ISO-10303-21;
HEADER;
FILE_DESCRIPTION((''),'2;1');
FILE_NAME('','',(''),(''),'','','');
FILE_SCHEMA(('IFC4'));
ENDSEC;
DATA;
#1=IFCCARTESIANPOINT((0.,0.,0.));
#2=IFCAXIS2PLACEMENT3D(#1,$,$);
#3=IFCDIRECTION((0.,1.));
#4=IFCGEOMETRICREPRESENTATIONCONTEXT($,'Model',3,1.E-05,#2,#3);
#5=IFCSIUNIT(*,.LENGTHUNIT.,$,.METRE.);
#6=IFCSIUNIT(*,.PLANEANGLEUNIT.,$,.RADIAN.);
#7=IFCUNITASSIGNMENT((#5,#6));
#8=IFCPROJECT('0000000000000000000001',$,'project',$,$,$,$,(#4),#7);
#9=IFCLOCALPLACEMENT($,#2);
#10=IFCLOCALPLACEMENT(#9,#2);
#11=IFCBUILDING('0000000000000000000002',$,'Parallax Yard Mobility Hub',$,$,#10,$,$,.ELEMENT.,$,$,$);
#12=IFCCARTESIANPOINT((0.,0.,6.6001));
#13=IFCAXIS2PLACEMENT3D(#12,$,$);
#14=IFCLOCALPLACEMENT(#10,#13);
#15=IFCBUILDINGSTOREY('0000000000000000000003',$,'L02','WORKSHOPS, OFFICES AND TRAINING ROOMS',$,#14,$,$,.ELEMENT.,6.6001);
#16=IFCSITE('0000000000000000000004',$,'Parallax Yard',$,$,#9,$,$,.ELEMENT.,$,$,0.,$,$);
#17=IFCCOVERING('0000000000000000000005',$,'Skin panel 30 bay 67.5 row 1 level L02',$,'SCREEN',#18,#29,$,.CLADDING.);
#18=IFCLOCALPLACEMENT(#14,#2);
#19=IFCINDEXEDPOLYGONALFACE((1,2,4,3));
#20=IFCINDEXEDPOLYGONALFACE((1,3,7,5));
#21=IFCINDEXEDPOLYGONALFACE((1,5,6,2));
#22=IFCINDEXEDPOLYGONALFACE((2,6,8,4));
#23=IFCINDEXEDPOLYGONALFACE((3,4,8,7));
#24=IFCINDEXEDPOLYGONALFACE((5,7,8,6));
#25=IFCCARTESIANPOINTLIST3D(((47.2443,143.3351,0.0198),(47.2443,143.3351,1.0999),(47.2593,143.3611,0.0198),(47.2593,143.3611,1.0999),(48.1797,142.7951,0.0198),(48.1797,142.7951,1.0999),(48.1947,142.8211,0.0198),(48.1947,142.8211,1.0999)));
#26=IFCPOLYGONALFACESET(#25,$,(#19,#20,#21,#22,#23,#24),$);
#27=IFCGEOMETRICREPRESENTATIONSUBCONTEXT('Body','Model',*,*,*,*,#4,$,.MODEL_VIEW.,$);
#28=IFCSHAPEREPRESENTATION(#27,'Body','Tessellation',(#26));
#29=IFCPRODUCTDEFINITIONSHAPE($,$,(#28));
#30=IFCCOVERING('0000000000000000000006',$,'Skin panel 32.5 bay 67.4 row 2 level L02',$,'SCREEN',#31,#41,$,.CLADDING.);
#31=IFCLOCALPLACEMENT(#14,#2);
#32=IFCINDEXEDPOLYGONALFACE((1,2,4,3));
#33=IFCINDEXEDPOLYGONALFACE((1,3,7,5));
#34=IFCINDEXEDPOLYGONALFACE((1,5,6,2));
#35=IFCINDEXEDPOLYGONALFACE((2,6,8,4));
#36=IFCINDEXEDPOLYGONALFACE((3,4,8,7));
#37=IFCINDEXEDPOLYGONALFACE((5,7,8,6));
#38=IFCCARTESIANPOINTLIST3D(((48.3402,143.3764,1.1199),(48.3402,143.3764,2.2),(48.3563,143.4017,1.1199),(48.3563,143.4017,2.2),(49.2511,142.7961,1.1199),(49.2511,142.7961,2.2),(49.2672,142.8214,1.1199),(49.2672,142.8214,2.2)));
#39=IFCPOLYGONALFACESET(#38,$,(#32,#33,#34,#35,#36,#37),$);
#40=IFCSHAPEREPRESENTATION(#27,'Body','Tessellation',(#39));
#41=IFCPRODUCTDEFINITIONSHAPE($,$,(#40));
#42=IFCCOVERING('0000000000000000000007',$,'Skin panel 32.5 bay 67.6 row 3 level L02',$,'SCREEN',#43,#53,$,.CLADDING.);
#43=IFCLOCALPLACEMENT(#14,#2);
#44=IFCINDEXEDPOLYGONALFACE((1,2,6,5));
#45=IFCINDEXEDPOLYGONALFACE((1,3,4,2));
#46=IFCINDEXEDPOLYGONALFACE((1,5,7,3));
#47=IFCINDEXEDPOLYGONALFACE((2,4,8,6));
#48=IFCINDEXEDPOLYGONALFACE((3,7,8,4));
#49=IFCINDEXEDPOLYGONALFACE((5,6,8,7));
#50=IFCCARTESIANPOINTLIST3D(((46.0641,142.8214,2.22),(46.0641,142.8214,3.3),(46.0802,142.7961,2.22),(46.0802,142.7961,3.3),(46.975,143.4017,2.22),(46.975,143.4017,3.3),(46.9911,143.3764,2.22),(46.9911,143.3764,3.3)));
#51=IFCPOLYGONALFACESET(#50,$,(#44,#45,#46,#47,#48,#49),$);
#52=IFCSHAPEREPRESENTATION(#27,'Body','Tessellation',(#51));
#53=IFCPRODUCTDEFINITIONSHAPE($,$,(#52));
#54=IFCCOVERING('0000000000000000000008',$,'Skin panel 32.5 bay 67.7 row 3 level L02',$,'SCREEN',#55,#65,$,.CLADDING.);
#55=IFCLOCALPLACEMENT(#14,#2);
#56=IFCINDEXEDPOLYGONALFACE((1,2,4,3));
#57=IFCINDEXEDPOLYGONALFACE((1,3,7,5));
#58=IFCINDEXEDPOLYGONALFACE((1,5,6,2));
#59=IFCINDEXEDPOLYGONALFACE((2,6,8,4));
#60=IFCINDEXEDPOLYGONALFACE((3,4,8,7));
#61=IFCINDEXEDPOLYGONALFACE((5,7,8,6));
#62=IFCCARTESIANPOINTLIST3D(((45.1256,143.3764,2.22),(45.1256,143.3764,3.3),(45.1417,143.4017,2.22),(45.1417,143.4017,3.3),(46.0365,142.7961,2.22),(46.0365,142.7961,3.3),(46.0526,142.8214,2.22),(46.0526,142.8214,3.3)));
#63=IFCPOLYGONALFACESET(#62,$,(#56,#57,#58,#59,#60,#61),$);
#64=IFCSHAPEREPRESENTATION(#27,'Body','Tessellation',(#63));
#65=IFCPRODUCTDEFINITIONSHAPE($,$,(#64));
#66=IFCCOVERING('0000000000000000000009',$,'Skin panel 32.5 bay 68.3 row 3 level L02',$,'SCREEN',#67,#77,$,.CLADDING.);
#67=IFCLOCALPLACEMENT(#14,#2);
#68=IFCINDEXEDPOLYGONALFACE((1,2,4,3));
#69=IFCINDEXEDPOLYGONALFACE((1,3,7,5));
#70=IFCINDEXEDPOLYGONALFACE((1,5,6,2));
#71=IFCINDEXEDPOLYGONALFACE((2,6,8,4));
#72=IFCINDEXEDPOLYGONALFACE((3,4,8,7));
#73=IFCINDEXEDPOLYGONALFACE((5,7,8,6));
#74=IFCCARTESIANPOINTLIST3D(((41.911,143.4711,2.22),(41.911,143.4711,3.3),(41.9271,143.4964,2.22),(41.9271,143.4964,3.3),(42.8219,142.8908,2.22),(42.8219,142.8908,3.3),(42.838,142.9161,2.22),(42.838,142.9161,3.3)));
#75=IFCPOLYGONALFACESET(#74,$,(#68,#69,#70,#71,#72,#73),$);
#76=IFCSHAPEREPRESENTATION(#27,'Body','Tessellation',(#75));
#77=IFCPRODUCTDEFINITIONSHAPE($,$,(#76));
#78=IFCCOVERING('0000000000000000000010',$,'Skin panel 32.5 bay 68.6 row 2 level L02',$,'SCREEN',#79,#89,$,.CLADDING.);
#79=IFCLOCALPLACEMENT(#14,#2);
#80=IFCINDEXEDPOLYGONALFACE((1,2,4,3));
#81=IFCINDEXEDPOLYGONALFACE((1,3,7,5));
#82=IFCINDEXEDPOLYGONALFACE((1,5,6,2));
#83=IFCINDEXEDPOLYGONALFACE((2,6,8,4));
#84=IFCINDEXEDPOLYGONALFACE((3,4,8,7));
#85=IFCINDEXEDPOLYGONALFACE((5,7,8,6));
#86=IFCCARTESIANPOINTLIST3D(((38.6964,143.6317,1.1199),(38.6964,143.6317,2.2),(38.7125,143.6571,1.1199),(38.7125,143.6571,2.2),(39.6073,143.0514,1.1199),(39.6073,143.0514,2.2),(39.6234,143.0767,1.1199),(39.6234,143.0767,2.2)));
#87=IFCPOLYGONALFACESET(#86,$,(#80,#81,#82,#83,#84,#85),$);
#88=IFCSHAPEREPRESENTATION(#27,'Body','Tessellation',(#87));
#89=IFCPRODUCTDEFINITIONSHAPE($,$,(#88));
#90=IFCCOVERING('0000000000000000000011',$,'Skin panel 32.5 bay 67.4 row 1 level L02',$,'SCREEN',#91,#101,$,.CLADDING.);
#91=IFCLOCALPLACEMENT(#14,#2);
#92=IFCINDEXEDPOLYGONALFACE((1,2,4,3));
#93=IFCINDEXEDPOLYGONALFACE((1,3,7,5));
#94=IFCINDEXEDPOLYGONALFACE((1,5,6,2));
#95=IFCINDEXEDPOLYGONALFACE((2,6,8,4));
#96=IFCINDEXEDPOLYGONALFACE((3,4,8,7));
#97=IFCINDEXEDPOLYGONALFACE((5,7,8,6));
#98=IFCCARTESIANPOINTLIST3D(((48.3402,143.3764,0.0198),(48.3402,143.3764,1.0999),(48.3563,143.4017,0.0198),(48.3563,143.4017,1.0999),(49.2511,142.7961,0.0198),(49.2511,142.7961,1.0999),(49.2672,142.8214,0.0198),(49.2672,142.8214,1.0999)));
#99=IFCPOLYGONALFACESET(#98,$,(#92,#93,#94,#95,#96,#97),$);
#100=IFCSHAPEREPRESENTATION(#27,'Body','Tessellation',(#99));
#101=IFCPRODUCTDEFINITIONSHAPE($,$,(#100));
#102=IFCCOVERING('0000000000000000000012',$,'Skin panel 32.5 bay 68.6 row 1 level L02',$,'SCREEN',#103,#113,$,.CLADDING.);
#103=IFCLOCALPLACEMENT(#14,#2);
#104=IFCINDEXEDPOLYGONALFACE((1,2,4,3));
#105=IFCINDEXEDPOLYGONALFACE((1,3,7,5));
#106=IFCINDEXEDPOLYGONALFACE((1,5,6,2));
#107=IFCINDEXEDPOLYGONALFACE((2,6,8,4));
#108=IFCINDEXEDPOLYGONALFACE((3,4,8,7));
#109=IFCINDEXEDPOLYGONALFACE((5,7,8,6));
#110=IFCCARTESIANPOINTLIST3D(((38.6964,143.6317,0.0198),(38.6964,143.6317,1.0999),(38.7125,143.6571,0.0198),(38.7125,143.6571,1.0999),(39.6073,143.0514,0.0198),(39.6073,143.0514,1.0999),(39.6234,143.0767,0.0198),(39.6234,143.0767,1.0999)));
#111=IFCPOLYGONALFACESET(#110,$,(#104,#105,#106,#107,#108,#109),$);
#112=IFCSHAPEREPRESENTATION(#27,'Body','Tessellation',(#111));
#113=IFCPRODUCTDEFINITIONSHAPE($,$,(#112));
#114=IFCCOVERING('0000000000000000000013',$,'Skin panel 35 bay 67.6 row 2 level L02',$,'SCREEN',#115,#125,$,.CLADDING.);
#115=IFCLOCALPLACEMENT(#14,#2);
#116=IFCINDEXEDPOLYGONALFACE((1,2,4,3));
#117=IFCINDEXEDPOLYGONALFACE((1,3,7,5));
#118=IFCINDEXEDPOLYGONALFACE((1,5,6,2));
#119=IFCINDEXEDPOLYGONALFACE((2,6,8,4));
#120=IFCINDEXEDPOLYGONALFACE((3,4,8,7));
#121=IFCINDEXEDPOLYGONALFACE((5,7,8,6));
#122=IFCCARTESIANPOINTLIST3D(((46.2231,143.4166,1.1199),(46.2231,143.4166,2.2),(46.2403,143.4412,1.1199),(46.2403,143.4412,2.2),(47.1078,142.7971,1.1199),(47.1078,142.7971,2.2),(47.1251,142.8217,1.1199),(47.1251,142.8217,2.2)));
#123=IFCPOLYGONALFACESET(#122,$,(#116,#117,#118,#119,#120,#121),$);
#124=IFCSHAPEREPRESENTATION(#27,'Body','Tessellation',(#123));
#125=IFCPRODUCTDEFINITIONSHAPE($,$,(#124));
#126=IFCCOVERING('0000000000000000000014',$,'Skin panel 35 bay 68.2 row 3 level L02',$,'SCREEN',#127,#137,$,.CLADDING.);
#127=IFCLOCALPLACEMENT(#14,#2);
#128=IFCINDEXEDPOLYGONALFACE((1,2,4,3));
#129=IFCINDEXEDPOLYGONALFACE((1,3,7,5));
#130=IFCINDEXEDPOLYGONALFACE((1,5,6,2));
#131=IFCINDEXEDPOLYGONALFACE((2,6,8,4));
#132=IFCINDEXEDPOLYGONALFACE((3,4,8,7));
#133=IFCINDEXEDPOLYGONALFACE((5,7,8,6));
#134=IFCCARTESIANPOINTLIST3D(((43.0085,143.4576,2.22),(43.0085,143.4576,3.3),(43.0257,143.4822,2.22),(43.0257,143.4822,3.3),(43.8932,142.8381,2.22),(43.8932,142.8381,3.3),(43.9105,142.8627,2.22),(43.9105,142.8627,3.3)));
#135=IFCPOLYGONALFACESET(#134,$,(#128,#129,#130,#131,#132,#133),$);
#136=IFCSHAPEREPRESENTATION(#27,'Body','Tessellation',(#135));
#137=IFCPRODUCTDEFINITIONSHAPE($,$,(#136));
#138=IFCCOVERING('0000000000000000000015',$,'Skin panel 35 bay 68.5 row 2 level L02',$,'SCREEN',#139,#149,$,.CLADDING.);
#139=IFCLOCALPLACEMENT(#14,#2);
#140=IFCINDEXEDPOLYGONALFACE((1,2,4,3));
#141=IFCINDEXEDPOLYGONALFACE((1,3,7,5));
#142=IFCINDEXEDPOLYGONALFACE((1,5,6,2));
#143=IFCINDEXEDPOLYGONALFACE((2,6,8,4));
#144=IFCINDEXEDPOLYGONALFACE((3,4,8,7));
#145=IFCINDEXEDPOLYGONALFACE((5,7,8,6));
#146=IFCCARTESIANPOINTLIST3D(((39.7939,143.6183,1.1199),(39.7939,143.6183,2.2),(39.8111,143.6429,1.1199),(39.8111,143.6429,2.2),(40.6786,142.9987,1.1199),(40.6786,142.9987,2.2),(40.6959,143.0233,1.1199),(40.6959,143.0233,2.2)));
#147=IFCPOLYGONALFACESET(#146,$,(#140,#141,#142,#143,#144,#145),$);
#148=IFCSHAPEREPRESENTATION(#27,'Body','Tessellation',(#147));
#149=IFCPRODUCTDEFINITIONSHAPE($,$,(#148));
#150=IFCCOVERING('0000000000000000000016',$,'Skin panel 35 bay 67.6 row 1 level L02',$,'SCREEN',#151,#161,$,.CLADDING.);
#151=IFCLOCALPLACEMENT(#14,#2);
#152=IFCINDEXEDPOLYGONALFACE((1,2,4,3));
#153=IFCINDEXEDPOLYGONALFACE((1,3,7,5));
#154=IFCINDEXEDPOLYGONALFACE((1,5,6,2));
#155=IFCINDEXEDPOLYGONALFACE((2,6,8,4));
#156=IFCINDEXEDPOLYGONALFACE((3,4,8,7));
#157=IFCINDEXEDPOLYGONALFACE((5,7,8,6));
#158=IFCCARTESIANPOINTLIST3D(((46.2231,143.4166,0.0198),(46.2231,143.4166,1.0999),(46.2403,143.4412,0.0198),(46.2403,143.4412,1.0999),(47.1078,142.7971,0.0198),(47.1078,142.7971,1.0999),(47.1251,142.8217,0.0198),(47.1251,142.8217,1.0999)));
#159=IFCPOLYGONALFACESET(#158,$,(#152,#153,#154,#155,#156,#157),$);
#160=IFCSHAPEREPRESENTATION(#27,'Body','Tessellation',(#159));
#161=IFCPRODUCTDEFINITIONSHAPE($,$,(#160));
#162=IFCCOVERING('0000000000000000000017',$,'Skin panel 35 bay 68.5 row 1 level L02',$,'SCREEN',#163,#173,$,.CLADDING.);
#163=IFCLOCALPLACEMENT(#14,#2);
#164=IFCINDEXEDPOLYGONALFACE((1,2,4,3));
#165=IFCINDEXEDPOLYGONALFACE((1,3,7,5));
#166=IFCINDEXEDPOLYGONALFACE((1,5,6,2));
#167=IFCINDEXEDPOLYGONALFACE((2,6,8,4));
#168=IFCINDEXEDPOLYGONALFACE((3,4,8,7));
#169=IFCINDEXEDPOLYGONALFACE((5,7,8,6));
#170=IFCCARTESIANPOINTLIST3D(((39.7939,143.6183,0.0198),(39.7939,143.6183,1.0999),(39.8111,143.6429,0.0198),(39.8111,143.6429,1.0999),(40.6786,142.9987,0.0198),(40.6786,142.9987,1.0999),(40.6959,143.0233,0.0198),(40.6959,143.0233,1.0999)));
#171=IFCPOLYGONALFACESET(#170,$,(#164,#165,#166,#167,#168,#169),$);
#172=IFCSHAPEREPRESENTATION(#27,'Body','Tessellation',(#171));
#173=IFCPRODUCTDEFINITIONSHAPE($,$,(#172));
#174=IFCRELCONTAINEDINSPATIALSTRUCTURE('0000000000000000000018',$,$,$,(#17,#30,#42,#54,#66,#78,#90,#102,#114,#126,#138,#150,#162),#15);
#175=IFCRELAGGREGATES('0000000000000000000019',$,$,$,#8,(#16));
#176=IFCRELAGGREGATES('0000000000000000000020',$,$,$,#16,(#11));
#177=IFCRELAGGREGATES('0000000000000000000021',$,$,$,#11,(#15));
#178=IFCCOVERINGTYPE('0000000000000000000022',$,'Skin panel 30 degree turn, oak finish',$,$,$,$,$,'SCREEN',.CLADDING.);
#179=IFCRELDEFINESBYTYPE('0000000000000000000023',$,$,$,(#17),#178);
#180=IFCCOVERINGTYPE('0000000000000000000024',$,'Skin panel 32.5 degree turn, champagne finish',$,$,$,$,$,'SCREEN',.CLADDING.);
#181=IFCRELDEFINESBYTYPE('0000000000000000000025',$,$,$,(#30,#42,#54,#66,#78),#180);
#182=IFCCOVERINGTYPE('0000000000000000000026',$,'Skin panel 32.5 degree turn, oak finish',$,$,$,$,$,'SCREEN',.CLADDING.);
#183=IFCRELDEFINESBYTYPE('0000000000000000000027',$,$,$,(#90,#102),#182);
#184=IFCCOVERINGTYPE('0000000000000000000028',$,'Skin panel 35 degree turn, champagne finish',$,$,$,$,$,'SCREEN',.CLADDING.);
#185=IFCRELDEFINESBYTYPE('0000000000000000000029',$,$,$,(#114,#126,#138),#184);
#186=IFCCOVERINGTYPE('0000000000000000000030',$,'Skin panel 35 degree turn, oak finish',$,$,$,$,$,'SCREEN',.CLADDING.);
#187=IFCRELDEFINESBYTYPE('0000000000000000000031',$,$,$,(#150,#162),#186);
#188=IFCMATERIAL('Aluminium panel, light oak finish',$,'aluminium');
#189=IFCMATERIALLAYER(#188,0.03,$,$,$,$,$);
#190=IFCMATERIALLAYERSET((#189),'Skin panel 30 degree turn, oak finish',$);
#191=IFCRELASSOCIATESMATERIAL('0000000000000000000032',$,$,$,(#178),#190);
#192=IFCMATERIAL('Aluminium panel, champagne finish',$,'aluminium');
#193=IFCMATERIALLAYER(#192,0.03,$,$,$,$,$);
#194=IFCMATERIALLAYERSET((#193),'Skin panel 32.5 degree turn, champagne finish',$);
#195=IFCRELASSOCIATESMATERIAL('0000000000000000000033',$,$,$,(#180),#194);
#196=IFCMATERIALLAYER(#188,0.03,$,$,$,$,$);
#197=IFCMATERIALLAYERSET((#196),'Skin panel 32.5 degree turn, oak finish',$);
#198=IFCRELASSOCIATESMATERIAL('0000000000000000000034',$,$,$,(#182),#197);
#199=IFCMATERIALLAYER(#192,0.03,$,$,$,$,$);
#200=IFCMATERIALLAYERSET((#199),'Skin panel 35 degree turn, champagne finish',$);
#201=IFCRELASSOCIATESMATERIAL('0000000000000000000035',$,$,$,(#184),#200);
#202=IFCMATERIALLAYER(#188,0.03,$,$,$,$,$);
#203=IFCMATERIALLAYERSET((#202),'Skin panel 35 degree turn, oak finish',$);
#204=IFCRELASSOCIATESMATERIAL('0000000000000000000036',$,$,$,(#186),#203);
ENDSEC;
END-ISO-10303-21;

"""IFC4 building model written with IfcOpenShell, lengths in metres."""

from ifc_helpers import new_model, si_unit, direction, frame, origin, origin_2d, place, context, subcontext, project, spatial, rectangle, extrude, material, layer, layer_set, type_object, element, save


model = new_model("IFC4")

# Units and contexts
model_context = context("Model", 3, precision=1e-05, world=origin(), true_north=direction((0.0, 1.0)))
body_context = subcontext(model_context, "Body", "Model", "MODEL_VIEW")
ifc_project = project(units=[si_unit("LENGTHUNIT", "METRE"), si_unit("PLANEANGLEUNIT", "RADIAN")], contexts=[model_context])

# Site, building, storey
site_placement = place(None, origin())
site = spatial("IfcSite", under=ifc_project, at=site_placement, Name="Parallax Yard", CompositionType="ELEMENT", RefElevation=0.0)
building_placement = place(site_placement, origin())
building = spatial("IfcBuilding", under=site, at=building_placement, Name="Parallax Yard Mobility Hub", CompositionType="ELEMENT")
storey_placement = place(building_placement, frame((0.0, 0.0, 6.6001)))
storey = spatial("IfcBuildingStorey", under=building, at=storey_placement, Name="L02", Description="WORKSHOPS, OFFICES AND TRAINING ROOMS", CompositionType="ELEMENT", Elevation=6.6001)

# Coverings
ifc_material_1 = material(Name="Aluminium panel, champagne finish", Category="aluminium")
ifc_material_2 = material(Name="Aluminium panel, light oak finish", Category="aluminium")
ifc_layer_1 = layer(ifc_material_2, 0.03)
ifc_layer_set_1 = layer_set([ifc_layer_1], Name="Skin panel 30 degree turn, oak finish")
covering_type_1 = type_object("IfcCoveringType", Name="Skin panel 30 degree turn, oak finish", ElementType="SCREEN", PredefinedType="CLADDING", material=ifc_layer_set_1)
covering_1_placement = place(storey_placement, frame((47.7195, 143.0781, 0.0198), z_axis=(0.0, 0.0, 1.0), x_axis=(-0.866025, 0.5, 0.0)))
element("IfcCovering", 1, at=covering_1_placement, inside=storey, type_object=covering_type_1, Name="Skin panel 30 bay 67.5 row 1 level L02", ObjectType="SCREEN", PredefinedType="CLADDING", context=body_context, shape_type="SweptSolid", body=[
    extrude(rectangle(XDim=1.0801, YDim=0.03, at=origin_2d()), origin(), (0.0, 0.0, 1.0), 1.0801),
])
ifc_layer_2 = layer(ifc_material_1, 0.03)
ifc_layer_set_2 = layer_set([ifc_layer_2], Name="Skin panel 32.5 degree turn, champagne finish")
covering_type_2 = type_object("IfcCoveringType", Name="Skin panel 32.5 degree turn, champagne finish", ElementType="SCREEN", PredefinedType="CLADDING", material=ifc_layer_set_2)
for number, where, z_axis, x_axis, name in (
    (2, (48.8037, 143.0989, 1.1199), (0.0, 0.0, 1.0), (-0.843391, 0.5373, 0.0), "Skin panel 32.5 bay 67.4 row 2 level L02"),
    (3, (46.5276, 143.0989, 2.22), (0.0, 0.0, 1.0), (0.843391, 0.5373, 0.0), "Skin panel 32.5 bay 67.6 row 3 level L02"),
    (4, (45.5891, 143.0989, 2.22), (0.0, 0.0, 1.0), (-0.843391, 0.5373, 0.0), "Skin panel 32.5 bay 67.7 row 3 level L02"),
    (5, (42.3745, 143.1936, 2.22), (0.0, 0.0, 1.0), (-0.843391, 0.5373, 0.0), "Skin panel 32.5 bay 68.3 row 3 level L02"),
    (6, (39.1599, 143.3542, 1.1199), (0.0, 0.0, 1.0), (-0.843391, 0.5373, 0.0), "Skin panel 32.5 bay 68.6 row 2 level L02"),
):
    element("IfcCovering", number, at=place(storey_placement, frame(where, z_axis=z_axis, x_axis=x_axis)), inside=storey, type_object=covering_type_2, Name=name, ObjectType="SCREEN", PredefinedType="CLADDING", context=body_context, shape_type="SweptSolid", body=[
        extrude(rectangle(XDim=1.0801, YDim=0.03, at=origin_2d()), origin(), (0.0, 0.0, 1.0), 1.0801),
    ])
ifc_layer_3 = layer(ifc_material_2, 0.03)
ifc_layer_set_3 = layer_set([ifc_layer_3], Name="Skin panel 32.5 degree turn, oak finish")
covering_type_3 = type_object("IfcCoveringType", Name="Skin panel 32.5 degree turn, oak finish", ElementType="SCREEN", PredefinedType="CLADDING", material=ifc_layer_set_3)
for number, where, z_axis, x_axis, name in (
    (7, (48.8037, 143.0989, 0.0198), (0.0, 0.0, 1.0), (-0.843391, 0.5373, 0.0), "Skin panel 32.5 bay 67.4 row 1 level L02"),
    (8, (39.1599, 143.3542, 0.0198), (0.0, 0.0, 1.0), (-0.843391, 0.5373, 0.0), "Skin panel 32.5 bay 68.6 row 1 level L02"),
):
    element("IfcCovering", number, at=place(storey_placement, frame(where, z_axis=z_axis, x_axis=x_axis)), inside=storey, type_object=covering_type_3, Name=name, ObjectType="SCREEN", PredefinedType="CLADDING", context=body_context, shape_type="SweptSolid", body=[
        extrude(rectangle(XDim=1.0801, YDim=0.03, at=origin_2d()), origin(), (0.0, 0.0, 1.0), 1.0801),
    ])
ifc_layer_4 = layer(ifc_material_1, 0.03)
ifc_layer_set_4 = layer_set([ifc_layer_4], Name="Skin panel 35 degree turn, champagne finish")
covering_type_4 = type_object("IfcCoveringType", Name="Skin panel 35 degree turn, champagne finish", ElementType="SCREEN", PredefinedType="CLADDING", material=ifc_layer_set_4)
for number, where, z_axis, x_axis, name in (
    (9, (46.6741, 143.1191, 1.1199), (0.0, 0.0, 1.0), (-0.819152, 0.573576, 0.0), "Skin panel 35 bay 67.6 row 2 level L02"),
    (10, (43.4595, 143.1602, 2.22), (0.0, 0.0, 1.0), (-0.819152, 0.573576, 0.0), "Skin panel 35 bay 68.2 row 3 level L02"),
    (11, (40.2449, 143.3208, 1.1199), (0.0, 0.0, 1.0), (-0.819152, 0.573576, 0.0), "Skin panel 35 bay 68.5 row 2 level L02"),
):
    element("IfcCovering", number, at=place(storey_placement, frame(where, z_axis=z_axis, x_axis=x_axis)), inside=storey, type_object=covering_type_4, Name=name, ObjectType="SCREEN", PredefinedType="CLADDING", context=body_context, shape_type="SweptSolid", body=[
        extrude(rectangle(XDim=1.0801, YDim=0.03, at=origin_2d()), origin(), (0.0, 0.0, 1.0), 1.0801),
    ])
ifc_layer_5 = layer(ifc_material_2, 0.03)
ifc_layer_set_5 = layer_set([ifc_layer_5], Name="Skin panel 35 degree turn, oak finish")
covering_type_5 = type_object("IfcCoveringType", Name="Skin panel 35 degree turn, oak finish", ElementType="SCREEN", PredefinedType="CLADDING", material=ifc_layer_set_5)
for number, where, z_axis, x_axis, name in (
    (12, (46.6741, 143.1191, 0.0198), (0.0, 0.0, 1.0), (-0.819152, 0.573576, 0.0), "Skin panel 35 bay 67.6 row 1 level L02"),
    (13, (40.2449, 143.3208, 0.0198), (0.0, 0.0, 1.0), (-0.819152, 0.573576, 0.0), "Skin panel 35 bay 68.5 row 1 level L02"),
):
    element("IfcCovering", number, at=place(storey_placement, frame(where, z_axis=z_axis, x_axis=x_axis)), inside=storey, type_object=covering_type_5, Name=name, ObjectType="SCREEN", PredefinedType="CLADDING", context=body_context, shape_type="SweptSolid", body=[
        extrude(rectangle(XDim=1.0801, YDim=0.03, at=origin_2d()), origin(), (0.0, 0.0, 1.0), 1.0801),
    ])

save(model, "model.ifc")
